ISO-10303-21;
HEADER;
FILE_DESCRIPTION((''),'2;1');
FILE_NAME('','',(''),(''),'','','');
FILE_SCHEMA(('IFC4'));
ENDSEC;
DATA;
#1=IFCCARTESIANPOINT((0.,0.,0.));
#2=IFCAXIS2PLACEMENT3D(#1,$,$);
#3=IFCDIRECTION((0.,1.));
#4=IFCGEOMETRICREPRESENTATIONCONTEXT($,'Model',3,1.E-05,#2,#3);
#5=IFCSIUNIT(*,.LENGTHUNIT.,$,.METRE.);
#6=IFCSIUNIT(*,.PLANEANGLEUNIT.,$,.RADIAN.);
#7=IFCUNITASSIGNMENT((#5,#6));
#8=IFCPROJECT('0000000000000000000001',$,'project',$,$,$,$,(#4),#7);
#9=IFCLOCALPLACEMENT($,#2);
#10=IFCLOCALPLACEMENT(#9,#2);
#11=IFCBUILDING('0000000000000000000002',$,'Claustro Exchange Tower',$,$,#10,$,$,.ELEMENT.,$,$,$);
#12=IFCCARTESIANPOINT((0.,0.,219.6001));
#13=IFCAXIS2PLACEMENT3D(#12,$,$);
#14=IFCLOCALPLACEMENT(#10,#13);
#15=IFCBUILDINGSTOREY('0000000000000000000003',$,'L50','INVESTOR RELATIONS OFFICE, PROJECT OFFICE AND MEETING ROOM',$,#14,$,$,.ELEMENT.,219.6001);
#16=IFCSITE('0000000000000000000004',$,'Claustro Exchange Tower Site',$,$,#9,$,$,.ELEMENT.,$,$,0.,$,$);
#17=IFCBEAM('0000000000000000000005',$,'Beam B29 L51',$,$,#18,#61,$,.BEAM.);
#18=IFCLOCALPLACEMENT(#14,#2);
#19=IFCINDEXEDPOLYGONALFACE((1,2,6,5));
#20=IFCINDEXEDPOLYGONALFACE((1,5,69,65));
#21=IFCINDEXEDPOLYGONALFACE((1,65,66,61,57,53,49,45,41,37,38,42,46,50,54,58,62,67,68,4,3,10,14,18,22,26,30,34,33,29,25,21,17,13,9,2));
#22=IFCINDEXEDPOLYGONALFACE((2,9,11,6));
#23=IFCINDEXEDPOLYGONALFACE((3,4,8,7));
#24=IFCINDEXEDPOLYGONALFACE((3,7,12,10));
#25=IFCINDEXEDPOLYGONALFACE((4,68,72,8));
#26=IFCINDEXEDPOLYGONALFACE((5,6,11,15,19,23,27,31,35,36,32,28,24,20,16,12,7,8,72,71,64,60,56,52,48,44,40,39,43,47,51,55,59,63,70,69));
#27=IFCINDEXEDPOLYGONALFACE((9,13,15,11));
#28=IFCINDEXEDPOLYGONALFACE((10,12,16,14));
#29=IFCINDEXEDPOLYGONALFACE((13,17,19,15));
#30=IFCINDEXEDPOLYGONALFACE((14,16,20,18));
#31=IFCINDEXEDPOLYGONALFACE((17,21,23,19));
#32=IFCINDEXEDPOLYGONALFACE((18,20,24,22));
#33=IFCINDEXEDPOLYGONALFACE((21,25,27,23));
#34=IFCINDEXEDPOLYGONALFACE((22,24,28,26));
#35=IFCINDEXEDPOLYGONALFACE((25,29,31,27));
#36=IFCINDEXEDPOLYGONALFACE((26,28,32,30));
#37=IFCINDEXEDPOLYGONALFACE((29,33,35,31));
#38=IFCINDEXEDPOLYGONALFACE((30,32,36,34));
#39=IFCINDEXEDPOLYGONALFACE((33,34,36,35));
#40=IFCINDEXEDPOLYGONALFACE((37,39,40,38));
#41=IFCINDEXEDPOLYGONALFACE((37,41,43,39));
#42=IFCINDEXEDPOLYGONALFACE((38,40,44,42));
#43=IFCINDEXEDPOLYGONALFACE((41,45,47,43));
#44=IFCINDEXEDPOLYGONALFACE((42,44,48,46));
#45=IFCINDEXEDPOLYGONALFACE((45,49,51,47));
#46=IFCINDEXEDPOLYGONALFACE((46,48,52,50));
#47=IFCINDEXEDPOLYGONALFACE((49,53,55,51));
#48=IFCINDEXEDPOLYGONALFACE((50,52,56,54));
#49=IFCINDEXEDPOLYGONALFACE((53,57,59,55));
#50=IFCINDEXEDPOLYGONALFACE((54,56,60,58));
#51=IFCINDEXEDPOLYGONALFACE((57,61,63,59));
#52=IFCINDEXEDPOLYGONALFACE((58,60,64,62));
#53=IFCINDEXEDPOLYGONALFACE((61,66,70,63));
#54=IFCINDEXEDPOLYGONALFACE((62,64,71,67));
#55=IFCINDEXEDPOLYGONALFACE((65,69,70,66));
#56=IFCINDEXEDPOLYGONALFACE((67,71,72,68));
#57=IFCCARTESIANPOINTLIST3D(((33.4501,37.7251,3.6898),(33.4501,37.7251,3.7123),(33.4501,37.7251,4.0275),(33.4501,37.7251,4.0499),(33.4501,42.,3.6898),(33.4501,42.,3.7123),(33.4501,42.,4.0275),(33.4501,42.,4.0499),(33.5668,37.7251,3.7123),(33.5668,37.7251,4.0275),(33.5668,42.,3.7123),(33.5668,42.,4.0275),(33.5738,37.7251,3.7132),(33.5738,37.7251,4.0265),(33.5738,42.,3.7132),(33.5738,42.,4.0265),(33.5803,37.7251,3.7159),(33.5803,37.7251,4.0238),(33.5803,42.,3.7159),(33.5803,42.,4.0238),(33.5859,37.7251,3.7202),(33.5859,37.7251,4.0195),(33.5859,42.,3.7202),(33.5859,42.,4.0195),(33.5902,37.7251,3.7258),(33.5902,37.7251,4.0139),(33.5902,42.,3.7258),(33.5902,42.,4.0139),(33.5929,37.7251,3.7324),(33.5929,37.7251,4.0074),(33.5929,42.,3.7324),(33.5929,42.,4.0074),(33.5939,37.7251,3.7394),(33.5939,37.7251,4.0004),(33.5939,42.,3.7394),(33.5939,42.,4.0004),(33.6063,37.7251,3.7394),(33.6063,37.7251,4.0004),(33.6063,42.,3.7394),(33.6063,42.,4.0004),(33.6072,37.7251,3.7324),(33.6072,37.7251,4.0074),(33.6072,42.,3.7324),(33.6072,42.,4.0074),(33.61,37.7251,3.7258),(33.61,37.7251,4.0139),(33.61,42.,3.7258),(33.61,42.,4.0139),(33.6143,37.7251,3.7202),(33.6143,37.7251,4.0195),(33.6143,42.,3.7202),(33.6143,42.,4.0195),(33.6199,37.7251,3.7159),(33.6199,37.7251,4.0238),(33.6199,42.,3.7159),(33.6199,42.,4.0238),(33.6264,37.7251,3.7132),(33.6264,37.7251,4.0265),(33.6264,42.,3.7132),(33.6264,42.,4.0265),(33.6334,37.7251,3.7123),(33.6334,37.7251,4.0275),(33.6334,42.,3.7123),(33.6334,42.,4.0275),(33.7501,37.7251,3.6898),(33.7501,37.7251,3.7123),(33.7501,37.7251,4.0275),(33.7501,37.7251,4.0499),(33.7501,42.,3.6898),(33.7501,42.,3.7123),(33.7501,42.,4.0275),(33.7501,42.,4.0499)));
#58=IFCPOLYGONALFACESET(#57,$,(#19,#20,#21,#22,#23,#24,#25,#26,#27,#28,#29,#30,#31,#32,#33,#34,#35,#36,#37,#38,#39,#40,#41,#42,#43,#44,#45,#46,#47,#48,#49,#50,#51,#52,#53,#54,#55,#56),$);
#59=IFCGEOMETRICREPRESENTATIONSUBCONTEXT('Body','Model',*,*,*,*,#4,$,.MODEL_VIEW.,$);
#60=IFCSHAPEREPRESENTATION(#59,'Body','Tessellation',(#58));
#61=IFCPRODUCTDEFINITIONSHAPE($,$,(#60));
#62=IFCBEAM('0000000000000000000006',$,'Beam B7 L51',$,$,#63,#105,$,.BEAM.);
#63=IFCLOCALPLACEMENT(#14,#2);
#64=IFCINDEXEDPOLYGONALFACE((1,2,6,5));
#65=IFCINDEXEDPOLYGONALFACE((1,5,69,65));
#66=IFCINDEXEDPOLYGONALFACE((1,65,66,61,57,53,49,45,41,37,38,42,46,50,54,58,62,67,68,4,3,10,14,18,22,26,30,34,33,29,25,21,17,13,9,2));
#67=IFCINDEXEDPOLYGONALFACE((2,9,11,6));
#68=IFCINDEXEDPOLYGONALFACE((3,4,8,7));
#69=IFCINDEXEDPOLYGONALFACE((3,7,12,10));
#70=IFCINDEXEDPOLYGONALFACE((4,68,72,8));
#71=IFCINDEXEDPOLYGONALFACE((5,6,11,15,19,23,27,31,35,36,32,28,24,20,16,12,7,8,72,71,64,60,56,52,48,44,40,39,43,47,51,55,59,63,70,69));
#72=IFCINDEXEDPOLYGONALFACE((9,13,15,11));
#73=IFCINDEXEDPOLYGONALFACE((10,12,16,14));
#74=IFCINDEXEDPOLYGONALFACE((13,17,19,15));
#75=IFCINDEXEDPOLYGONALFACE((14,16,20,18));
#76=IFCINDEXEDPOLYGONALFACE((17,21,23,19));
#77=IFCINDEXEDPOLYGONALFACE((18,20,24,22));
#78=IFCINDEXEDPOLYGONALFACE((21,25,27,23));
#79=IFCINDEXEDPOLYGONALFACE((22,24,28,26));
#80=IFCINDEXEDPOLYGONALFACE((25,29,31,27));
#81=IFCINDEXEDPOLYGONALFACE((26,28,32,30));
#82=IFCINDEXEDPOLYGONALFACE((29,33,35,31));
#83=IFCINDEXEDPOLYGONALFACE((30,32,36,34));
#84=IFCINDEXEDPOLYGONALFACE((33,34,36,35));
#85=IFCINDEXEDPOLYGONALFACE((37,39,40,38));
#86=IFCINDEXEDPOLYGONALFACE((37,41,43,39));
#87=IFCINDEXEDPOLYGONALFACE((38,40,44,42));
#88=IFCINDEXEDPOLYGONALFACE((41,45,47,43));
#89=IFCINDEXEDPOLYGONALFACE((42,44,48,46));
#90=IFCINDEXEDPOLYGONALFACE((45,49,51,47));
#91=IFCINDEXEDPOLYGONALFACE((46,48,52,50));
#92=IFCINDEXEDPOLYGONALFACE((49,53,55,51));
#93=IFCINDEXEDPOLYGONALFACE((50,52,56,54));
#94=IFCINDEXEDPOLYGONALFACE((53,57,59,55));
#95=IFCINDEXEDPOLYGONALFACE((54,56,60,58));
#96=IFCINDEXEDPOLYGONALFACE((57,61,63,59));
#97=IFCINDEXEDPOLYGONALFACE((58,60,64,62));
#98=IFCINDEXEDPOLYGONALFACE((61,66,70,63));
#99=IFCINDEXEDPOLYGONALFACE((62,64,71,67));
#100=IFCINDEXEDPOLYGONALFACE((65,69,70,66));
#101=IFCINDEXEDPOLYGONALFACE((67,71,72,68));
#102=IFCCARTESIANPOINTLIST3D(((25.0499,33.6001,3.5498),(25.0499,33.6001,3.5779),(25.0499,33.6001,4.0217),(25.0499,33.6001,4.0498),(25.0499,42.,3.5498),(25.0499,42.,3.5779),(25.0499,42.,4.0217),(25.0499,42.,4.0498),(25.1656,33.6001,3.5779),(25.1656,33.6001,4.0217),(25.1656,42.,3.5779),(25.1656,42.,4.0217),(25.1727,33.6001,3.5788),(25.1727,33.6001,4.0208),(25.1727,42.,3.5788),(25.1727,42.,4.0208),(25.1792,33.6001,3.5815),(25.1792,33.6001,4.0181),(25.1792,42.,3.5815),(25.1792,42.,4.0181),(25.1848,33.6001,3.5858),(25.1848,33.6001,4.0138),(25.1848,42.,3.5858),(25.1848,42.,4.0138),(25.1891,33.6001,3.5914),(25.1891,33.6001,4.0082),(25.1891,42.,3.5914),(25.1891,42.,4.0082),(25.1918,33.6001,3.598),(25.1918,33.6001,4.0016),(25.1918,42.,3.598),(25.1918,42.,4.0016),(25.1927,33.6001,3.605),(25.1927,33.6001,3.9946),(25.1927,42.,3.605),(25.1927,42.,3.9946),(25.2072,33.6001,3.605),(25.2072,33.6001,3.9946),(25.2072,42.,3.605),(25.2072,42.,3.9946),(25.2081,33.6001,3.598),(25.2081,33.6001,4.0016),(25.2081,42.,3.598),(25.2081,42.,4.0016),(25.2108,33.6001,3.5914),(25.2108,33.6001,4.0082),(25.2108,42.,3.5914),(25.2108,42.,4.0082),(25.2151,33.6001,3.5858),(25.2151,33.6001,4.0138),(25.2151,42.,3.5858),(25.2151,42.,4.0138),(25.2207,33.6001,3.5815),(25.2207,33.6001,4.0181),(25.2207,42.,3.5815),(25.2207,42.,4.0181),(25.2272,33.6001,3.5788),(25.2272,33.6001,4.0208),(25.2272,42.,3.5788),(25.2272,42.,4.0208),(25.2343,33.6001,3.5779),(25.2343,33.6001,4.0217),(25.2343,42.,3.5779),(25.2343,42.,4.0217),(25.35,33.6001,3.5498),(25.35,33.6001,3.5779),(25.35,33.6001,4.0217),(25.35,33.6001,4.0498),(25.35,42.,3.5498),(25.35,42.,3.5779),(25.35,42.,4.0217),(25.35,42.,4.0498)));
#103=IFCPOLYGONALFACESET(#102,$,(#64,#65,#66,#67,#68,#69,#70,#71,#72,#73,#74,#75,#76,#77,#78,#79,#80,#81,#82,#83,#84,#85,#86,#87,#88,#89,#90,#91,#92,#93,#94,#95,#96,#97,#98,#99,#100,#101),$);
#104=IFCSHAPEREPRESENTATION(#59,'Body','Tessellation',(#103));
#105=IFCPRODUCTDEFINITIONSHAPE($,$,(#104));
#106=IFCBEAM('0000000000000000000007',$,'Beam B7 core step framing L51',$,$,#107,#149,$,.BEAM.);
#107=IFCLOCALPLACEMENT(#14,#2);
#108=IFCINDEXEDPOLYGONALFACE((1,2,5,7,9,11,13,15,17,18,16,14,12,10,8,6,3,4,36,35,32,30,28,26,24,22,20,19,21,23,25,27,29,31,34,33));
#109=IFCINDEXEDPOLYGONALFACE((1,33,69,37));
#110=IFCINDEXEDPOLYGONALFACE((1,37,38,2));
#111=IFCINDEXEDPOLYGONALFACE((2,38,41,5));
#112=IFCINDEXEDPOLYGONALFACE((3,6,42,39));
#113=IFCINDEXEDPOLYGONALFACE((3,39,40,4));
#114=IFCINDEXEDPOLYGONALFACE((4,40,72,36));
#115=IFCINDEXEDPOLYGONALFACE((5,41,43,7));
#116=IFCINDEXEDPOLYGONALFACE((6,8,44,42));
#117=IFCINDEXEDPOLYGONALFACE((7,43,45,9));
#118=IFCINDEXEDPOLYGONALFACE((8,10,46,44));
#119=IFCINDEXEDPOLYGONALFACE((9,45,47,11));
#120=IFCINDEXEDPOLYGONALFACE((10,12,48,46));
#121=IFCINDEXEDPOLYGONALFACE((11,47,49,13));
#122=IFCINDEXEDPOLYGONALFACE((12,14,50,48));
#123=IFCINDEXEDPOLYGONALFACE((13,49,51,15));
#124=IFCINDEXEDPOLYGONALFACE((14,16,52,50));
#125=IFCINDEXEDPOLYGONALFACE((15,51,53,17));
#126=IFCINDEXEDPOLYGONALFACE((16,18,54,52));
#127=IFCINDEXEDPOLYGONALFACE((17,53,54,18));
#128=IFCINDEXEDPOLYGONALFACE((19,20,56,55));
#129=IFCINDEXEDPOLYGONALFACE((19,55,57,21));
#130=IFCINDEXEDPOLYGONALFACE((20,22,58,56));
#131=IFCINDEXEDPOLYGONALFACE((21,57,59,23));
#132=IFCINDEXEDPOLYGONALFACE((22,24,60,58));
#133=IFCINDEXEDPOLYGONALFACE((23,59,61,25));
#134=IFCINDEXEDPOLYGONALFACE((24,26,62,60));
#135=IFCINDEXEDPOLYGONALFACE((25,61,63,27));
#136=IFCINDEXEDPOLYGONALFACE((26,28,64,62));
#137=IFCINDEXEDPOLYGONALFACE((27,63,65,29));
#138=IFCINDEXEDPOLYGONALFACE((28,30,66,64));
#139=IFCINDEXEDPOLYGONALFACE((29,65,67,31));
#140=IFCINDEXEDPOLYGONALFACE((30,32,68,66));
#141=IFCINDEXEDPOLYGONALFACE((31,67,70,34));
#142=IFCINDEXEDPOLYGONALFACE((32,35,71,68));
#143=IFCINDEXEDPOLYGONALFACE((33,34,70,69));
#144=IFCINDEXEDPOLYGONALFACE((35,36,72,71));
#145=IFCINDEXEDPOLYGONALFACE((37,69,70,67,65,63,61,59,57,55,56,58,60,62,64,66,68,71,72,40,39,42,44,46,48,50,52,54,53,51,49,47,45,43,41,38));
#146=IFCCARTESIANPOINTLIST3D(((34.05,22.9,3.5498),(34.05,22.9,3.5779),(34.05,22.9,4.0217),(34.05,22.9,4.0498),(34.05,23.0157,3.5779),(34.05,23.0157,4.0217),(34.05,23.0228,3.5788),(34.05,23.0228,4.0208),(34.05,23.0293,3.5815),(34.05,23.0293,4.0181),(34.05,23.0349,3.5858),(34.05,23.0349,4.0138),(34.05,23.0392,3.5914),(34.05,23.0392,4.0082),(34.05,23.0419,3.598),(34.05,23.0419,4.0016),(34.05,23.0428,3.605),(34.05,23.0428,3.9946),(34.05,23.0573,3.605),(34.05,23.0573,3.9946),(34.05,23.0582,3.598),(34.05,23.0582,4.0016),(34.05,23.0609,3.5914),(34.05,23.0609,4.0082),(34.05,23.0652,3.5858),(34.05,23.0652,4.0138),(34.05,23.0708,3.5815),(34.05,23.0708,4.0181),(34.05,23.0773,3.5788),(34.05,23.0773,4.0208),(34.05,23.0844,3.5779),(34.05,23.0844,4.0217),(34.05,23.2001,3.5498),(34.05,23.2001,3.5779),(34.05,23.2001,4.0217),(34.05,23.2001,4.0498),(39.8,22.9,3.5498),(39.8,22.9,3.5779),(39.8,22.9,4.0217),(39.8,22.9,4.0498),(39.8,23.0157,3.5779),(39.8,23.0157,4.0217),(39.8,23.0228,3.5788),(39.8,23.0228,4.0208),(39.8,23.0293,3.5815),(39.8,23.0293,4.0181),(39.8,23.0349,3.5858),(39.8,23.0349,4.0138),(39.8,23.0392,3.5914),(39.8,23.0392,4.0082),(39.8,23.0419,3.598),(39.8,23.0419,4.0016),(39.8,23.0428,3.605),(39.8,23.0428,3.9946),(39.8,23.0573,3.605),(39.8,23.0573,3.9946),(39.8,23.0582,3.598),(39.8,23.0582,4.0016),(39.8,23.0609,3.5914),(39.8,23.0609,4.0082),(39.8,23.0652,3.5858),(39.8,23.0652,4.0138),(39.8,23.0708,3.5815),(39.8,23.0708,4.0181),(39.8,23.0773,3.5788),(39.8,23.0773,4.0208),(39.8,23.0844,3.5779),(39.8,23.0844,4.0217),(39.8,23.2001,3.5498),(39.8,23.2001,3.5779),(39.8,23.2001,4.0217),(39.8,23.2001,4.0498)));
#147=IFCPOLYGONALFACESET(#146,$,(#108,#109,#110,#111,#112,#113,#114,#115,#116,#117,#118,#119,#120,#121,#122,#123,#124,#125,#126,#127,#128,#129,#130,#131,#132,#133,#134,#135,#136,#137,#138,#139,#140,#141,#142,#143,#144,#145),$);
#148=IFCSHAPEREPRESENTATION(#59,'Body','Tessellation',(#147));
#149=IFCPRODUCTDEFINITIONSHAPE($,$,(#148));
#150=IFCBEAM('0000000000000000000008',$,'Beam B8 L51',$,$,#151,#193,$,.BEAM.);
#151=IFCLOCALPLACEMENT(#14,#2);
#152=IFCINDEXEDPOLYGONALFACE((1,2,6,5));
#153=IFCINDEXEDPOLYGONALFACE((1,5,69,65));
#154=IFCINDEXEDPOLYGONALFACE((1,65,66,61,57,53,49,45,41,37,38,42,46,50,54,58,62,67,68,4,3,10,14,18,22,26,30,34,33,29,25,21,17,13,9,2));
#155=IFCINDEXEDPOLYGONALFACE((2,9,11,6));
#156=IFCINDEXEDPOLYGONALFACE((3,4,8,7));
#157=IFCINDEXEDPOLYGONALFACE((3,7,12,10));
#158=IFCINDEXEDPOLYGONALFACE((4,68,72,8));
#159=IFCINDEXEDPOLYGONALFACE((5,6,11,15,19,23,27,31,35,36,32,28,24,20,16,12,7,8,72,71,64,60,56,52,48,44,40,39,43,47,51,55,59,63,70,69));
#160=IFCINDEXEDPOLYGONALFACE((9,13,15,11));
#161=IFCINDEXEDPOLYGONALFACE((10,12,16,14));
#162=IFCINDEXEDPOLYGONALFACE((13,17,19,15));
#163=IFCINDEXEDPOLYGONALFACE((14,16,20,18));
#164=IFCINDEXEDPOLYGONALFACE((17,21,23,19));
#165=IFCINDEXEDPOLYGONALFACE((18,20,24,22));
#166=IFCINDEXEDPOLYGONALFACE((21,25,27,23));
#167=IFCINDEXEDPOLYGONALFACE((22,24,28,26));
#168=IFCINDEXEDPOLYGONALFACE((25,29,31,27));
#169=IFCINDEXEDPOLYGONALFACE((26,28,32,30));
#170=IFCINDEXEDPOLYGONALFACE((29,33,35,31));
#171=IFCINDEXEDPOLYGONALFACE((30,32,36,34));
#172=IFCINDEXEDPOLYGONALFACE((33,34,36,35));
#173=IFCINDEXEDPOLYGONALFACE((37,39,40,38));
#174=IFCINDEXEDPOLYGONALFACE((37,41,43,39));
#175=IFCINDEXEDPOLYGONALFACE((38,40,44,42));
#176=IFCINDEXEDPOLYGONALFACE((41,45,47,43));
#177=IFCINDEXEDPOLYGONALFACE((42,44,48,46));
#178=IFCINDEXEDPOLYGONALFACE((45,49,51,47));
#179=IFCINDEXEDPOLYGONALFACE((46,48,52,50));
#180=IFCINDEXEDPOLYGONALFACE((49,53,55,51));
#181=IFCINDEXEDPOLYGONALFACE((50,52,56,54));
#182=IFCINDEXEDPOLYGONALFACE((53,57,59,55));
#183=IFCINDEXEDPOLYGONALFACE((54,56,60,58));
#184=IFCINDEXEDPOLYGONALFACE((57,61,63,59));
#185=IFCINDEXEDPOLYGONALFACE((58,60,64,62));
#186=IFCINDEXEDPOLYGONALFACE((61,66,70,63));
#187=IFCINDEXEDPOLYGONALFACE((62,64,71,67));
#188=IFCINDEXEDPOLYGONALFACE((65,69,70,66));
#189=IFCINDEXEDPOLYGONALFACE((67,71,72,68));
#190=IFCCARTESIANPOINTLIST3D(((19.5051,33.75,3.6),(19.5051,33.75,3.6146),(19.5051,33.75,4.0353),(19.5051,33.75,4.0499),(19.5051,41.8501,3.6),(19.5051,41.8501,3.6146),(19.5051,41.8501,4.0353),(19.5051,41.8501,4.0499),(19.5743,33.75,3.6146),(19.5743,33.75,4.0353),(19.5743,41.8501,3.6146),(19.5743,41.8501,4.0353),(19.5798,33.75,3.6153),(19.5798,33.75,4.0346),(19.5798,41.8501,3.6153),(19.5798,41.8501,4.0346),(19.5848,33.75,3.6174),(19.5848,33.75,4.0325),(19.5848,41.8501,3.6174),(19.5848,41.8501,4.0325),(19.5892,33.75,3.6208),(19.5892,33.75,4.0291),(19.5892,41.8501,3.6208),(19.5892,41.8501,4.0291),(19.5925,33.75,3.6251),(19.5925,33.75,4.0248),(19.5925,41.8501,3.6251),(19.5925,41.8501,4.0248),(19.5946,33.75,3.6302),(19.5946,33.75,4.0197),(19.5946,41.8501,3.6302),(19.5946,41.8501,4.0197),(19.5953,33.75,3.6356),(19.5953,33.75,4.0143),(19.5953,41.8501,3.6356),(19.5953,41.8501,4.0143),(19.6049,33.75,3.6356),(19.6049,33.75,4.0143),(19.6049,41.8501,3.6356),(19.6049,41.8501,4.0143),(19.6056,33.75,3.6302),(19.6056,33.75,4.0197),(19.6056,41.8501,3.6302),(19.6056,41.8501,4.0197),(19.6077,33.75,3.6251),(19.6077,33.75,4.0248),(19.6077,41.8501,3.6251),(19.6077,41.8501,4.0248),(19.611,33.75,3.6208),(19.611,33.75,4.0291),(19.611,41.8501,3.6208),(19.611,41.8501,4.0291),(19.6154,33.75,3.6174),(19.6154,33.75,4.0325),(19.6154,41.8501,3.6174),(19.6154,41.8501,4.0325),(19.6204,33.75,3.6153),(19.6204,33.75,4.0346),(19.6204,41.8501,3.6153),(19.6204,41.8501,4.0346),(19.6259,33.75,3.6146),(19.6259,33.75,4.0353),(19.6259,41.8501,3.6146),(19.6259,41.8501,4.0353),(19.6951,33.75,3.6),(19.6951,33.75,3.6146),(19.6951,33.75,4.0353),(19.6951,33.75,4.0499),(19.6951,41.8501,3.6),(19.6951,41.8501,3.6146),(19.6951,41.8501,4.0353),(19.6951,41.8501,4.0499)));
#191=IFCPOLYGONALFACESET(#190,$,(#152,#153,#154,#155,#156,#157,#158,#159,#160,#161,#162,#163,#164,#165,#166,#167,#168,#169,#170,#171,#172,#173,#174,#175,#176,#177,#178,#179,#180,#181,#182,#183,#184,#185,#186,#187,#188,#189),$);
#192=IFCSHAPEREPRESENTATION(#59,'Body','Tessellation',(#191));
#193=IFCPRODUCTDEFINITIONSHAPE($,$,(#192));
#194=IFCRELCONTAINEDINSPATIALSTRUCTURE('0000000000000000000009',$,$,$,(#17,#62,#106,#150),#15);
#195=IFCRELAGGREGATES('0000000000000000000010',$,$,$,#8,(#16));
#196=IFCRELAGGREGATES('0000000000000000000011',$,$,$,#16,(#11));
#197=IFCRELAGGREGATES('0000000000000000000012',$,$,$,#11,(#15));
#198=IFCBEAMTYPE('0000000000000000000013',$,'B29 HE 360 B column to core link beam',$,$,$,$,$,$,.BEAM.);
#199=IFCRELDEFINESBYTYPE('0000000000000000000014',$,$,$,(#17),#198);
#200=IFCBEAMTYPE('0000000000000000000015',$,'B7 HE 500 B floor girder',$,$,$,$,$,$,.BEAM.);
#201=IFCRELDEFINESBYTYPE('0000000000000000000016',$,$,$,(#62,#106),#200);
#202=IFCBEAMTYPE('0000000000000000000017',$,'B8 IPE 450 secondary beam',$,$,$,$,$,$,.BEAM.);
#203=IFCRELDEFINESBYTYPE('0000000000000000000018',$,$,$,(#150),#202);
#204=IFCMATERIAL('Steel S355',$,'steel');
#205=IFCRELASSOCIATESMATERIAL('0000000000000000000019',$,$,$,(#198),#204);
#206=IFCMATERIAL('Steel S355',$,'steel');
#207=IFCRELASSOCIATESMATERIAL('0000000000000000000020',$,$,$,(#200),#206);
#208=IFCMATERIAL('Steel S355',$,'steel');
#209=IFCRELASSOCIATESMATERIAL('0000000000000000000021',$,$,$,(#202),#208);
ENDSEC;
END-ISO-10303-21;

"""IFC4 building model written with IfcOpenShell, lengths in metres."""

from ifc_helpers import new_model, si_unit, direction, frame, origin, origin_2d, place, context, subcontext, project, spatial, i_section, extrude, material, material_profile, profile_set, type_object, element, save


model = new_model("IFC4")

# Units and contexts
model_context = context("Model", 3, precision=1e-05, world=origin(), true_north=direction((0.0, 1.0)))
body_context = subcontext(model_context, "Body", "Model", "MODEL_VIEW")
ifc_project = project(units=[si_unit("LENGTHUNIT", "METRE"), si_unit("PLANEANGLEUNIT", "RADIAN")], contexts=[model_context])

# Site, building, storey
site_placement = place(None, origin())
site = spatial("IfcSite", under=ifc_project, at=site_placement, Name="Claustro Exchange Tower Site", CompositionType="ELEMENT", RefElevation=0.0)
building_placement = place(site_placement, origin())
building = spatial("IfcBuilding", under=site, at=building_placement, Name="Claustro Exchange Tower", CompositionType="ELEMENT")
storey_placement = place(building_placement, frame((0.0, 0.0, 219.6001)))
storey = spatial("IfcBuildingStorey", under=building, at=storey_placement, Name="L50", Description="INVESTOR RELATIONS OFFICE, PROJECT OFFICE AND MEETING ROOM", CompositionType="ELEMENT", Elevation=219.6001)

# Beams
ifc_material_1 = material(Name="Steel S355", Category="steel")
ifc_material_profile_1 = material_profile(ifc_material_1, i_section(OverallWidth=0.3, OverallDepth=0.3601, WebThickness=0.0125, FlangeThickness=0.0225, FilletRadius=0.0271, at=origin_2d()), Name="HE 360 B")
ifc_profile_set_1 = profile_set([ifc_material_profile_1], Name="Steel S355")
beam_type_1 = type_object("IfcBeamType", Name="B29 HE 360 B column to core link beam", PredefinedType="BEAM", material=ifc_profile_set_1)
beam_1_placement = place(storey_placement, frame((33.6001, 37.7251, 3.8699), z_axis=(0.0, 1.0, 0.0), x_axis=(-1.0, 0.0, 0.0)))
element("IfcBeam", 1, at=beam_1_placement, inside=storey, type_object=beam_type_1, Name="Beam B29 L51", PredefinedType="BEAM", context=body_context, shape_type="SweptSolid", body=[
    extrude(i_section(OverallWidth=0.3, OverallDepth=0.3601, WebThickness=0.0125, FlangeThickness=0.0225, FilletRadius=0.0271, at=origin_2d()), origin(), (0.0, 0.0, 1.0), 4.2749),
])
ifc_material_2 = material(Name="Steel S355", Category="steel")
ifc_material_profile_2 = material_profile(ifc_material_2, i_section(OverallWidth=0.3, OverallDepth=0.5, WebThickness=0.0144, FlangeThickness=0.0281, FilletRadius=0.0271, at=origin_2d()), Name="HE 500 B")
ifc_profile_set_2 = profile_set([ifc_material_profile_2], Name="Steel S355")
beam_type_2 = type_object("IfcBeamType", Name="B7 HE 500 B floor girder", PredefinedType="BEAM", material=ifc_profile_set_2)
beam_2_placement = place(storey_placement, frame((25.2, 33.6001, 3.7998), z_axis=(0.0, 1.0, 0.0), x_axis=(-1.0, 0.0, 0.0)))
element("IfcBeam", 2, at=beam_2_placement, inside=storey, type_object=beam_type_2, Name="Beam B7 L51", PredefinedType="BEAM", context=body_context, shape_type="SweptSolid", body=[
    extrude(i_section(OverallWidth=0.3, OverallDepth=0.5, WebThickness=0.0144, FlangeThickness=0.0281, FilletRadius=0.0271, at=origin_2d()), origin(), (0.0, 0.0, 1.0), 8.3999),
])
beam_3_placement = place(storey_placement, frame((34.05, 23.05, 3.7998), z_axis=(1.0, 0.0, 0.0), x_axis=(0.0, 1.0, 0.0)))
element("IfcBeam", 3, at=beam_3_placement, inside=storey, type_object=beam_type_2, Name="Beam B7 core step framing L51", PredefinedType="BEAM", context=body_context, shape_type="SweptSolid", body=[
    extrude(i_section(OverallWidth=0.3, OverallDepth=0.5, WebThickness=0.0144, FlangeThickness=0.0281, FilletRadius=0.0271, at=origin_2d()), origin(), (0.0, 0.0, 1.0), 5.75),
])
ifc_material_3 = material(Name="Steel S355", Category="steel")
ifc_material_profile_3 = material_profile(ifc_material_3, i_section(OverallWidth=0.1899, OverallDepth=0.45, WebThickness=0.0095, FlangeThickness=0.0146, FilletRadius=0.021, at=origin_2d()), Name="IPE 450")
ifc_profile_set_3 = profile_set([ifc_material_profile_3], Name="Steel S355")
beam_type_3 = type_object("IfcBeamType", Name="B8 IPE 450 secondary beam", PredefinedType="BEAM", material=ifc_profile_set_3)
for number, where, z_axis, x_axis, name in (
    (4, (19.6001, 33.75, 3.825), (0.0, 1.0, 0.0), (-1.0, 0.0, 0.0), "Beam B8 L51"),
):
    element("IfcBeam", number, at=place(storey_placement, frame(where, z_axis=z_axis, x_axis=x_axis)), inside=storey, type_object=beam_type_3, Name=name, PredefinedType="BEAM", context=body_context, shape_type="SweptSolid", body=[
        extrude(i_section(OverallWidth=0.1899, OverallDepth=0.45, WebThickness=0.0095, FlangeThickness=0.0146, FilletRadius=0.021, at=origin_2d()), origin(), (0.0, 0.0, 1.0), 8.1001),
    ])

save(model, "model.ifc")
